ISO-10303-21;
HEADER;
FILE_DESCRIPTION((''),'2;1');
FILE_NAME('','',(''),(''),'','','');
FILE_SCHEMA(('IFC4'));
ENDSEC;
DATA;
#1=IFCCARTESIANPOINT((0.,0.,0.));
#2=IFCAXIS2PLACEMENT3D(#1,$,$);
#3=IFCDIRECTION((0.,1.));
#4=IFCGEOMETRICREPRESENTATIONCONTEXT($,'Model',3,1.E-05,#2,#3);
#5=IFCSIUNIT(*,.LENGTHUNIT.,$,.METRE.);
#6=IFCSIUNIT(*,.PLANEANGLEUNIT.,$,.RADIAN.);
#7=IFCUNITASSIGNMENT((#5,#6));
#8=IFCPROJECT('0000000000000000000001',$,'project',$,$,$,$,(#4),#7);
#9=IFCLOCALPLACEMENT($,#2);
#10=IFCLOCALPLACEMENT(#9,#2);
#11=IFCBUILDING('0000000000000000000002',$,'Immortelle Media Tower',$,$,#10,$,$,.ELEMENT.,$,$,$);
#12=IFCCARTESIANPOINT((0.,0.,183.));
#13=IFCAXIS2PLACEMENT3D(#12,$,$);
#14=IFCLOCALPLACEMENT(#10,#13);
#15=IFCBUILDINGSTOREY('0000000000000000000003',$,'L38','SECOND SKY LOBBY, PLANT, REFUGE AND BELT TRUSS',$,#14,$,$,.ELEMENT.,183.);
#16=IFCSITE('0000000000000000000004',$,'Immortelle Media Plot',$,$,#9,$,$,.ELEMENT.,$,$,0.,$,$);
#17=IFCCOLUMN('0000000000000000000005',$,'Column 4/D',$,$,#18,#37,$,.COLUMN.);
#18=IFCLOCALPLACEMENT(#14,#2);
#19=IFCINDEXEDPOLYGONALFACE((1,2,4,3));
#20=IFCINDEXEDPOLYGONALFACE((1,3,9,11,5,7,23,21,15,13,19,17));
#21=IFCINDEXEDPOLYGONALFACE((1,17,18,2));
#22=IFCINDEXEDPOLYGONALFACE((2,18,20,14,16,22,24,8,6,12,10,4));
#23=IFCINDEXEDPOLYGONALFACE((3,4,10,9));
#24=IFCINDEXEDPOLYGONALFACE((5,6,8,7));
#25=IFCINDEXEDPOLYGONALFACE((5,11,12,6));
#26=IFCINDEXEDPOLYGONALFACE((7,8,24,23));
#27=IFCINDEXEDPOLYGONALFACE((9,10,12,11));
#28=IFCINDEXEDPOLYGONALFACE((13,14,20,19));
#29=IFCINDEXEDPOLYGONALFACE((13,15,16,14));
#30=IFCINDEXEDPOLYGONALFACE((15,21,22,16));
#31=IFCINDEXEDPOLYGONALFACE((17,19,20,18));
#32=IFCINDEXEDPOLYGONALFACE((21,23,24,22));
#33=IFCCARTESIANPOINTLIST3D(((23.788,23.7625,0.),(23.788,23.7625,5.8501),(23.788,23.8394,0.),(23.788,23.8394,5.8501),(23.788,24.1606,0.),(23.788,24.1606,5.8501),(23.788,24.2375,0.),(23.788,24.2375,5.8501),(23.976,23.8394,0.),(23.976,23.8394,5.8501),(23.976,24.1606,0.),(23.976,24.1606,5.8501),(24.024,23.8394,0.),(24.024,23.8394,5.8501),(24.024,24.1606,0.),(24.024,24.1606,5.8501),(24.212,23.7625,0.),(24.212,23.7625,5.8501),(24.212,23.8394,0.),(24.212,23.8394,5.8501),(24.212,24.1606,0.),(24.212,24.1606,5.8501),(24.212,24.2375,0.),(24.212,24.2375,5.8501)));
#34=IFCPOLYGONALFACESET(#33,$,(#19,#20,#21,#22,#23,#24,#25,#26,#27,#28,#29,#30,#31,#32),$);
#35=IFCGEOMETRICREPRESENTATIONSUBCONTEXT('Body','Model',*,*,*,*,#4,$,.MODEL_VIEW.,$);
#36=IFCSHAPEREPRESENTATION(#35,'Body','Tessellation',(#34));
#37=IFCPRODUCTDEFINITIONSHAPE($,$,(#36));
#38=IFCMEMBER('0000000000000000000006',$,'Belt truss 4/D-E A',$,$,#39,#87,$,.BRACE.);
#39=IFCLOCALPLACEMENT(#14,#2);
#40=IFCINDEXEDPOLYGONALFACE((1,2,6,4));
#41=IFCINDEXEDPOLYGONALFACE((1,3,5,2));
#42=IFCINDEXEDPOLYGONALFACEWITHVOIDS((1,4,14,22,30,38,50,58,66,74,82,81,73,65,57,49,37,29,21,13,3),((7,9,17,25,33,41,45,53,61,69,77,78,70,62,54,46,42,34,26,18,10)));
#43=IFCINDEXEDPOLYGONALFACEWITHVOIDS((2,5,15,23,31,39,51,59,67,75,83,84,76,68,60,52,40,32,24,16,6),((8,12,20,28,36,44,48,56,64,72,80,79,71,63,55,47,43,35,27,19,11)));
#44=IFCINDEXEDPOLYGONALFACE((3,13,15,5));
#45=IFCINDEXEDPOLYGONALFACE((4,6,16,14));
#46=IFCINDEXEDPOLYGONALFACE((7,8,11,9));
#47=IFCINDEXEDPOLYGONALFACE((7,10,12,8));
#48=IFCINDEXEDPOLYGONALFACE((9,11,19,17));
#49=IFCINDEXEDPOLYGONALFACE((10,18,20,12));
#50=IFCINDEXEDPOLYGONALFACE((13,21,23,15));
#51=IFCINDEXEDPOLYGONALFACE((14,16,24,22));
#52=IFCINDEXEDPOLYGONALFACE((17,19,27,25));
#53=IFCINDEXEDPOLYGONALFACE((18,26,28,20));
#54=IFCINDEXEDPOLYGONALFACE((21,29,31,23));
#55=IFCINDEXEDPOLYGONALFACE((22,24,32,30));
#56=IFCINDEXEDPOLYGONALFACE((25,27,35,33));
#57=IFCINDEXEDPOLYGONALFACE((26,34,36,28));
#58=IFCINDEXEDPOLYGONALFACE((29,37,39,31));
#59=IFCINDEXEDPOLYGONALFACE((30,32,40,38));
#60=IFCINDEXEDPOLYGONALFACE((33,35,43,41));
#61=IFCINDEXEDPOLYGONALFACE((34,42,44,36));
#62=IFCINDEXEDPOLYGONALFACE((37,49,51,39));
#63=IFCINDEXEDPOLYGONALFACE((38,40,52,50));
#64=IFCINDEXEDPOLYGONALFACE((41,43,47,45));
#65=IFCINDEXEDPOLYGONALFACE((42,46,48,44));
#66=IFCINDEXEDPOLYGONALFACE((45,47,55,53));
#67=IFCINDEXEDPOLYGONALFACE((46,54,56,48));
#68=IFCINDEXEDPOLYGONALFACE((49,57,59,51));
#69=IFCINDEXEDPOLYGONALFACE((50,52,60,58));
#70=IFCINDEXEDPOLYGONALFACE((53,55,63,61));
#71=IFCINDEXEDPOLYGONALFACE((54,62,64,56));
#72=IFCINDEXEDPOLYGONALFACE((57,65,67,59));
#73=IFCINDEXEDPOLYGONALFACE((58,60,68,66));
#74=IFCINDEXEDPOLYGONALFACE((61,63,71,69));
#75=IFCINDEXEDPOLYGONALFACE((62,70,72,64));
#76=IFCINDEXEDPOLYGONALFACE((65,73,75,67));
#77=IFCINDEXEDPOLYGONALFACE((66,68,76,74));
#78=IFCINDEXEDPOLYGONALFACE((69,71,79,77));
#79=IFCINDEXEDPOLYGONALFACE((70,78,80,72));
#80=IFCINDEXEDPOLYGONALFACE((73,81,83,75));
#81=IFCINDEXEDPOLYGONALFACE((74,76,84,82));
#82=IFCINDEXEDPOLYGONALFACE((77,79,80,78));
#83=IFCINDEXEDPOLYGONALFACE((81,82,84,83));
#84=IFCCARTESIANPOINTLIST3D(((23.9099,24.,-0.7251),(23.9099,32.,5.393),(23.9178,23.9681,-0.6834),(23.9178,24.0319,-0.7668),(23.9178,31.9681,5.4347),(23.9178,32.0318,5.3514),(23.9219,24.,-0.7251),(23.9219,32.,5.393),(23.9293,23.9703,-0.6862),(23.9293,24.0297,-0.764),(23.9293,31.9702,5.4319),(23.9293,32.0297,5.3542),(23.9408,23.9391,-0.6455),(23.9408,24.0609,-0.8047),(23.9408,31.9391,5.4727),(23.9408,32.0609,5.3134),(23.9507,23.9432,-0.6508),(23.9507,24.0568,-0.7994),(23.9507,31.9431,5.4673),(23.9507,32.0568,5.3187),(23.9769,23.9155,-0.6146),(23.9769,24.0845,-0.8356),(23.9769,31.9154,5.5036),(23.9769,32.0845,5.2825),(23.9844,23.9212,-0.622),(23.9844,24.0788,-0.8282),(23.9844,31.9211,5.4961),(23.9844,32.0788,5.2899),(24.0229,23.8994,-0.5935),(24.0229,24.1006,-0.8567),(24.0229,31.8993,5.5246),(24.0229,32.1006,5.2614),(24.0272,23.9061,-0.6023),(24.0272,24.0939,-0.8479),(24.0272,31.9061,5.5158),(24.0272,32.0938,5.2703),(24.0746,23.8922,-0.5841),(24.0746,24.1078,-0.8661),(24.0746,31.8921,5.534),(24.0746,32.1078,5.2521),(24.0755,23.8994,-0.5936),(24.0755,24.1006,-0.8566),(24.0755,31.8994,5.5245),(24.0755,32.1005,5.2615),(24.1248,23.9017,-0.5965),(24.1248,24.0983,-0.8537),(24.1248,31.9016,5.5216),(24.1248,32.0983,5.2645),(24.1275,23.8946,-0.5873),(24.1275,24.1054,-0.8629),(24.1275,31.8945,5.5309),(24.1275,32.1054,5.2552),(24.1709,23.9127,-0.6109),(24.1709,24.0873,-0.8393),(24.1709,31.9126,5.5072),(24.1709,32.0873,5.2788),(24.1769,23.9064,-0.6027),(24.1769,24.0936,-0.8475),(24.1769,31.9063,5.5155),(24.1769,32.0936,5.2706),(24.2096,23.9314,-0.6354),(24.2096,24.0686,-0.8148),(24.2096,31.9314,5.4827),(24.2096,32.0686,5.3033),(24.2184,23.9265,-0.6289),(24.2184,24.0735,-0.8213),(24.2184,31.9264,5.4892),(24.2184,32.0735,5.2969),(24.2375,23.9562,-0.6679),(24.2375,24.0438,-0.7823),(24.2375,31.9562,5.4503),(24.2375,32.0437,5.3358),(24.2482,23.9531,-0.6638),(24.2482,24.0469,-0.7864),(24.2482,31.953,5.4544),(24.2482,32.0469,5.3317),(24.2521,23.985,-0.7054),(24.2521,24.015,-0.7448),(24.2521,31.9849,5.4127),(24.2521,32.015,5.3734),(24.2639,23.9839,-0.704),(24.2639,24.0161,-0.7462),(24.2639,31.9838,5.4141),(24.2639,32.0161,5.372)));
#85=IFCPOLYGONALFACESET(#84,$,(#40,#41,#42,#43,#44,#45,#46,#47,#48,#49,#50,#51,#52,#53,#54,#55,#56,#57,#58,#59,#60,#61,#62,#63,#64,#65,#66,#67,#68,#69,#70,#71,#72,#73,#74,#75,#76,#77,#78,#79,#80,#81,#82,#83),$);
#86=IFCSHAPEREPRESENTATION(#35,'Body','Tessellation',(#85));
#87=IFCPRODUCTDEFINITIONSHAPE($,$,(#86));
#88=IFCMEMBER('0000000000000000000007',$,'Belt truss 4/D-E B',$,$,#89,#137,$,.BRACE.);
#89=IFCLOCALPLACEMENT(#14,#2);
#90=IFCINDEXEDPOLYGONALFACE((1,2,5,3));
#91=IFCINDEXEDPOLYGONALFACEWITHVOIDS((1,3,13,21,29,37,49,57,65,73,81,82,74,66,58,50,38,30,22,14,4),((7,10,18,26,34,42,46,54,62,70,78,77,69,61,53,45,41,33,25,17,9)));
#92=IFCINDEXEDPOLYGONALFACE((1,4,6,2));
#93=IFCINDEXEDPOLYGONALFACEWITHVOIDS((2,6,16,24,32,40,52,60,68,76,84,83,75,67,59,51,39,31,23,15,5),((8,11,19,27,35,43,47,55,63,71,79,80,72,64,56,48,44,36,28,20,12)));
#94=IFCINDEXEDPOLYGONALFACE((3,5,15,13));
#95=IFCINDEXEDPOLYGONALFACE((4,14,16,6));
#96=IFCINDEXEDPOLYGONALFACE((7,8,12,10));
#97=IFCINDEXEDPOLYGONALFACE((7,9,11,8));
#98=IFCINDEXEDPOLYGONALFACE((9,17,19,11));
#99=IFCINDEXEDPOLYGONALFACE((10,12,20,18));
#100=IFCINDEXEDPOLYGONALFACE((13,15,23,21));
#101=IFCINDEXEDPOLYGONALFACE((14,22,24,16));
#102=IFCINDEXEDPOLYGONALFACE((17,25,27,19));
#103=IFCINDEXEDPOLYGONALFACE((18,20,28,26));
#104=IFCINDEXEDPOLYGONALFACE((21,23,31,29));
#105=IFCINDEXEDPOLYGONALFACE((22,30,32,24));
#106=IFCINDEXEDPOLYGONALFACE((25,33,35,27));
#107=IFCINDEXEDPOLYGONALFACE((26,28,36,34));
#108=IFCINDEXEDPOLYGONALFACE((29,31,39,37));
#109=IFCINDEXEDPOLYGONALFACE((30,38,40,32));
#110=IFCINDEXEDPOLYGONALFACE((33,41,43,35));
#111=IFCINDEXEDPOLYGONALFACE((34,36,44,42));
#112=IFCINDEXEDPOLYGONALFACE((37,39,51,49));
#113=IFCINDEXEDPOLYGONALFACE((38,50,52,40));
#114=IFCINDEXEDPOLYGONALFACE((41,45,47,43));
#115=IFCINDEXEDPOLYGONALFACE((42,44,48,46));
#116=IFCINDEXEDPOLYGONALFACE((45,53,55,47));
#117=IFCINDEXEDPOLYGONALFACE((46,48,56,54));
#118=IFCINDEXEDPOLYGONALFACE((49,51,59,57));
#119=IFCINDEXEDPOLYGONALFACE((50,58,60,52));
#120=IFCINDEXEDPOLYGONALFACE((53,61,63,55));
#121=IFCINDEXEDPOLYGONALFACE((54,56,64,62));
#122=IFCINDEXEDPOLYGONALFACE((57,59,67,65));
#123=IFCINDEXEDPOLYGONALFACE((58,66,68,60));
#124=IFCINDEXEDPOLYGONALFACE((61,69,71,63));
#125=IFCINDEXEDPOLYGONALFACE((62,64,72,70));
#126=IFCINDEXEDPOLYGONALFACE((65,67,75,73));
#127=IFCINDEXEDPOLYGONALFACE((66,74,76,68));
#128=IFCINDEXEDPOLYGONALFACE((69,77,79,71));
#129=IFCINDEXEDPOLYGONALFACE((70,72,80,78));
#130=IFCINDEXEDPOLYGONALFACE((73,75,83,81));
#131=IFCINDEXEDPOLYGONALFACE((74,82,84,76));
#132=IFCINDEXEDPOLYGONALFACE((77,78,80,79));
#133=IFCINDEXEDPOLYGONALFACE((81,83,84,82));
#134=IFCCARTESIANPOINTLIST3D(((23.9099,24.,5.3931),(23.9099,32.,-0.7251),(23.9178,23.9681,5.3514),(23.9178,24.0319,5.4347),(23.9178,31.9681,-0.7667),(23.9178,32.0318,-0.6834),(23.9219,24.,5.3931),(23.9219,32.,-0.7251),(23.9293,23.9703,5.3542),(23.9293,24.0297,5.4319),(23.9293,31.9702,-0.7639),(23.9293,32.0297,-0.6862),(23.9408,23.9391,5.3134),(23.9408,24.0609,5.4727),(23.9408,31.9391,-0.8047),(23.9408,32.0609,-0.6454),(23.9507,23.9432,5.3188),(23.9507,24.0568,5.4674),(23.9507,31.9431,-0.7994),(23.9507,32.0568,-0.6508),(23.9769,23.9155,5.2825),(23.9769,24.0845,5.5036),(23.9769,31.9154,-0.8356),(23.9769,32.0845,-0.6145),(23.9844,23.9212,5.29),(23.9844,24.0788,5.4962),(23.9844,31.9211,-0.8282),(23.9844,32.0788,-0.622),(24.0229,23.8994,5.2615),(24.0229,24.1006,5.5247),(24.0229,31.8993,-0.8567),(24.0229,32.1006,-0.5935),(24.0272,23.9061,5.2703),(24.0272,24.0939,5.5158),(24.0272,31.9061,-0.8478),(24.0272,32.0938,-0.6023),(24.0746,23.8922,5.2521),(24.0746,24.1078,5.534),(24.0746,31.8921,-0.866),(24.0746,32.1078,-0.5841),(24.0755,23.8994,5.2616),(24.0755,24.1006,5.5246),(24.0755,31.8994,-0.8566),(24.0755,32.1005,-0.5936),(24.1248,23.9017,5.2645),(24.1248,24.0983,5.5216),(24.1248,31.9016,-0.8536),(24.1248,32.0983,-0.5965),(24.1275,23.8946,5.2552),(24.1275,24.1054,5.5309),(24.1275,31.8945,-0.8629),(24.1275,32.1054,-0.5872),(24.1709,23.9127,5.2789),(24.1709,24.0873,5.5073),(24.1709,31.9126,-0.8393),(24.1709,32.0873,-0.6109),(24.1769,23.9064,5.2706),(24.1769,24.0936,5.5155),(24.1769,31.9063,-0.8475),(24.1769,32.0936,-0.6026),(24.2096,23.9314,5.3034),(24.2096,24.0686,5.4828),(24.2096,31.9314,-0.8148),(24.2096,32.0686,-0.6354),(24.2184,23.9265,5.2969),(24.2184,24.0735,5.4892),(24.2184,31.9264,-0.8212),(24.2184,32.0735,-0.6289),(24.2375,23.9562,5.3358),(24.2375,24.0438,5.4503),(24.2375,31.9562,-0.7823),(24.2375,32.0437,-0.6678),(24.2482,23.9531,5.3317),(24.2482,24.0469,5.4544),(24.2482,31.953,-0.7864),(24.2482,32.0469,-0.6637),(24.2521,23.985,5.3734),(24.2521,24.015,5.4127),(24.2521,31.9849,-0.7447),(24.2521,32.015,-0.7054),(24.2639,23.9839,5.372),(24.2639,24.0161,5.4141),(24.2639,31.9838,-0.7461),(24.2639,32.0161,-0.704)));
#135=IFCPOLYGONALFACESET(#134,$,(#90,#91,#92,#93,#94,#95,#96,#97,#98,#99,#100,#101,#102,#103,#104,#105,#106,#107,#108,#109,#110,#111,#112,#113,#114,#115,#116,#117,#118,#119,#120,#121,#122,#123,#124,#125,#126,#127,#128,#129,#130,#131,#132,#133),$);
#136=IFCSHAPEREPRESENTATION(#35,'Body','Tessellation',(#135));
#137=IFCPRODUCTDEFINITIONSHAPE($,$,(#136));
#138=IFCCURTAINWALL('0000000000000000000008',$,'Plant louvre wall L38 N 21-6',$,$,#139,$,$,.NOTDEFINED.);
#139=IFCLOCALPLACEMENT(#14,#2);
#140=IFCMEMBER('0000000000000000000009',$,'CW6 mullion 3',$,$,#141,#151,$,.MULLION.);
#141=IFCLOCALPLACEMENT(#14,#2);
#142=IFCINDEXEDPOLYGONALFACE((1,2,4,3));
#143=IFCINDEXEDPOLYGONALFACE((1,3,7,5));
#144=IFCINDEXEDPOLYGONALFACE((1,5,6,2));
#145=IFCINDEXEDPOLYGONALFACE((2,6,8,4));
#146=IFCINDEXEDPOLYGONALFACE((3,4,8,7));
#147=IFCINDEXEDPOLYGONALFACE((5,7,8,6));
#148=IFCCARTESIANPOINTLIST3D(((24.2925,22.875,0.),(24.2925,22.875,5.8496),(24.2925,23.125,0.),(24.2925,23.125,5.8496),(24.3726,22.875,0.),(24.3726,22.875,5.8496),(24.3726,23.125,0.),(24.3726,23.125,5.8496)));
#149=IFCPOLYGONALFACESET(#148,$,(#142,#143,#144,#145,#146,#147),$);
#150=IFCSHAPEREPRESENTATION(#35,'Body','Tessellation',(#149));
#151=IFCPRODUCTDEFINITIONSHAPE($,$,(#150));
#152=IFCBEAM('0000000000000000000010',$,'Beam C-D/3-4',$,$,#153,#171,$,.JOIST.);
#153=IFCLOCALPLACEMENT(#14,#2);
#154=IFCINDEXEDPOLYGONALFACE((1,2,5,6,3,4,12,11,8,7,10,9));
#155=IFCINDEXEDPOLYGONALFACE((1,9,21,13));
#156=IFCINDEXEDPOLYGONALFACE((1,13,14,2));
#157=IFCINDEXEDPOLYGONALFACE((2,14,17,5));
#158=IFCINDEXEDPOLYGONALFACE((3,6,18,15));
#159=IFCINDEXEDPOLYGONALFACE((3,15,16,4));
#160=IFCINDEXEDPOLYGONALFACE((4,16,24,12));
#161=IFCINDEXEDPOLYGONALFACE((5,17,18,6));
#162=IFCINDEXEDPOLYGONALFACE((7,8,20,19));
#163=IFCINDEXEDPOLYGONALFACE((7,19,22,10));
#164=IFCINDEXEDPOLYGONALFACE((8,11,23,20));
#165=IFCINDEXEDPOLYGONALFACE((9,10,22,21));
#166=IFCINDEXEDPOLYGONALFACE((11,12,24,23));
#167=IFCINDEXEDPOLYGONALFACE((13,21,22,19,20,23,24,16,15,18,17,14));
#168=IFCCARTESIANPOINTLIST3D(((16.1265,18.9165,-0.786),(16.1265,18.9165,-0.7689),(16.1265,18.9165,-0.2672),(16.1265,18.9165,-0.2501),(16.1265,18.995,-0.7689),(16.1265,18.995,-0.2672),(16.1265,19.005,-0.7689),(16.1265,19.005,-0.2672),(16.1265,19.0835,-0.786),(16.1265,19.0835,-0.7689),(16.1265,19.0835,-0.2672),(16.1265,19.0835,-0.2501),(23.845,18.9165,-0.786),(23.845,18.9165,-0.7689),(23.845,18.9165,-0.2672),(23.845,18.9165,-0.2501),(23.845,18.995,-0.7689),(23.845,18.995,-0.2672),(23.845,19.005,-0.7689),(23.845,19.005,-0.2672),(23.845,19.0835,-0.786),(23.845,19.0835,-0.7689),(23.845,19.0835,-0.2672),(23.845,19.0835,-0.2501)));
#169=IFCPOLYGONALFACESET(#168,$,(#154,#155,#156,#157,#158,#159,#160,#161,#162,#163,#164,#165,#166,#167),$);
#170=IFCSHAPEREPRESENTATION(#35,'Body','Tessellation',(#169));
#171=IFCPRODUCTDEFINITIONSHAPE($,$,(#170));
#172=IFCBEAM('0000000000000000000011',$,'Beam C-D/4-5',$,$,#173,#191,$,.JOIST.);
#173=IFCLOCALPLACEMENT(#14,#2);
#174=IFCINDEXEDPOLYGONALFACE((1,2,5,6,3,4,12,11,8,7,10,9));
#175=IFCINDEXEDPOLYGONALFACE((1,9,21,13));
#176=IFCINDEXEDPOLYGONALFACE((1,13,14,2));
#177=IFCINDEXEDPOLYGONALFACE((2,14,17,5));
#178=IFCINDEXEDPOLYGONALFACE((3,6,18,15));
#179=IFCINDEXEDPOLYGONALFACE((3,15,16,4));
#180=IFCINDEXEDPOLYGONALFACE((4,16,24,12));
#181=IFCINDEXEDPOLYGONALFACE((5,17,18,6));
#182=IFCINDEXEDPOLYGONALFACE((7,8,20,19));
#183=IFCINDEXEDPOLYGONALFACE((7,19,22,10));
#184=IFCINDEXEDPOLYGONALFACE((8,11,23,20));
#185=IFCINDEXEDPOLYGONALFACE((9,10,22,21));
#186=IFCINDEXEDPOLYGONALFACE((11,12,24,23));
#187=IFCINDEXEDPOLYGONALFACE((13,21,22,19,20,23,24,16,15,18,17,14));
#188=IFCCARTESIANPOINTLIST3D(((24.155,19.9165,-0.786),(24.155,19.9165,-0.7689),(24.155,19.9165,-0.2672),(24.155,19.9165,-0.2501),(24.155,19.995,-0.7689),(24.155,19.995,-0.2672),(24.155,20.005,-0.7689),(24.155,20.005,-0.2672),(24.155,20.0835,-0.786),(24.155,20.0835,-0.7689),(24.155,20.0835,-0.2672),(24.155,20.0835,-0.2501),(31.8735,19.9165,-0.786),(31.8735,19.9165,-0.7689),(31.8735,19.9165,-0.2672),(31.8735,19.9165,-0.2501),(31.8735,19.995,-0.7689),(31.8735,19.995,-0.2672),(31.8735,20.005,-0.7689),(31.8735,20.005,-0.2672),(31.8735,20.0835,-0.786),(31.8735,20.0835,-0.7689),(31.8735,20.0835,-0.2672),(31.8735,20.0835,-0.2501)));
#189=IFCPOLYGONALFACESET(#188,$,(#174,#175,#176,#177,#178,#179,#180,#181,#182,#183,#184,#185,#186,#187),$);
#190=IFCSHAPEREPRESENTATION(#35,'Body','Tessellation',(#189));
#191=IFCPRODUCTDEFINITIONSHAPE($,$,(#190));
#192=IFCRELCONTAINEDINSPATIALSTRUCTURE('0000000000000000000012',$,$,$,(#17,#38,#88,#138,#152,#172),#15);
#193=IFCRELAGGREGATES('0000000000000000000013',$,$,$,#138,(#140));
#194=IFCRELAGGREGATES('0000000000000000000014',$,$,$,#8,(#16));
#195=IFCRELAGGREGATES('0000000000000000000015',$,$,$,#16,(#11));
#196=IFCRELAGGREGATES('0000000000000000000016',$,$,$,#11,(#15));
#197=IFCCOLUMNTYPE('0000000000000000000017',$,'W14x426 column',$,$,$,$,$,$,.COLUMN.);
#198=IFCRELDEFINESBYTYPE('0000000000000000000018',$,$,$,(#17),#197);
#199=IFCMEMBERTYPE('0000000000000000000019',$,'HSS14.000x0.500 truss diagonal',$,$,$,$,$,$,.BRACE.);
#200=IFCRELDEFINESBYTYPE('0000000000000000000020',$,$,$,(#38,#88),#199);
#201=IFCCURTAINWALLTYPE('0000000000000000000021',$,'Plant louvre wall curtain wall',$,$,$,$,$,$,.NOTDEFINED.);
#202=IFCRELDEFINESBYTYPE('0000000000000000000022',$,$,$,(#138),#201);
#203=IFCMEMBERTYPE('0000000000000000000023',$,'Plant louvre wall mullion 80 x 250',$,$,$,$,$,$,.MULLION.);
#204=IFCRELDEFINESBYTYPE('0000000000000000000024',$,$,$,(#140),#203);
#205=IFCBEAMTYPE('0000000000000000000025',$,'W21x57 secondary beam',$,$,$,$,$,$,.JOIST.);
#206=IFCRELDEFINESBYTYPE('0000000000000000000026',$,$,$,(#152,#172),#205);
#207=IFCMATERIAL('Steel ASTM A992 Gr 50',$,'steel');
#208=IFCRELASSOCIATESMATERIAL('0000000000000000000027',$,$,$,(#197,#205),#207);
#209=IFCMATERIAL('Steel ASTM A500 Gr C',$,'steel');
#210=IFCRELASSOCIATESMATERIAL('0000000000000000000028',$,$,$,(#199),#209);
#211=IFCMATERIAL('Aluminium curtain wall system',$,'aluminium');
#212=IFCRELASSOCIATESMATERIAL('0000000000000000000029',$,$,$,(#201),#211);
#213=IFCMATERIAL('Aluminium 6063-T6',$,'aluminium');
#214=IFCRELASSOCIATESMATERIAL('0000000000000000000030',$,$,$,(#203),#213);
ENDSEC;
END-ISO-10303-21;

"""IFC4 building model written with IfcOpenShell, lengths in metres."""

from ifc_helpers import new_model, si_unit, direction, frame, origin, origin_2d, place, context, subcontext, project, spatial, rectangle, hollow_circle, i_section, extrude, material, material_profile, profile_set, type_object, element, aggregate, save


model = new_model("IFC4")

# Units and contexts
model_context = context("Model", 3, precision=1e-05, world=origin(), true_north=direction((0.0, 1.0)))
body_context = subcontext(model_context, "Body", "Model", "MODEL_VIEW")
ifc_project = project(units=[si_unit("LENGTHUNIT", "METRE"), si_unit("PLANEANGLEUNIT", "RADIAN")], contexts=[model_context])

# Site, building, storey
site_placement = place(None, origin())
site = spatial("IfcSite", under=ifc_project, at=site_placement, Name="Immortelle Media Plot", CompositionType="ELEMENT", RefElevation=0.0)
building_placement = place(site_placement, origin())
building = spatial("IfcBuilding", under=site, at=building_placement, Name="Immortelle Media Tower", CompositionType="ELEMENT")
storey_placement = place(building_placement, frame((0.0, 0.0, 183.0)))
storey = spatial("IfcBuildingStorey", under=building, at=storey_placement, Name="L38", Description="SECOND SKY LOBBY, PLANT, REFUGE AND BELT TRUSS", CompositionType="ELEMENT", Elevation=183.0)

# Column
ifc_material_1 = material(Name="Steel ASTM A992 Gr 50", Category="steel")
ifc_material_profile_1 = material_profile(ifc_material_1, i_section(OverallWidth=0.4241, OverallDepth=0.4751, WebThickness=0.0481, FlangeThickness=0.0769, at=origin_2d()), Name="W14x426")
ifc_profile_set_1 = profile_set([ifc_material_profile_1], Name="Steel ASTM A992 Gr 50")
column_type = type_object("IfcColumnType", Name="W14x426 column", PredefinedType="COLUMN", material=ifc_profile_set_1)
column_placement = place(storey_placement, frame((24.0, 24.0, 0.0), z_axis=(0.0, 0.0, 1.0), x_axis=(1.0, 0.0, 0.0)))
element("IfcColumn", 1, at=column_placement, inside=storey, type_object=column_type, Name="Column 4/D", PredefinedType="COLUMN", context=body_context, shape_type="SweptSolid", body=[
    extrude(i_section(OverallWidth=0.4241, OverallDepth=0.4751, WebThickness=0.0481, FlangeThickness=0.0769, at=origin_2d()), origin(), (0.0, 0.0, 1.0), 5.8501),
])

# Members
ifc_material_2 = material(Name="Steel ASTM A500 Gr C", Category="steel")
ifc_material_profile_2 = material_profile(ifc_material_2, hollow_circle(Radius=0.178, WallThickness=0.012, at=origin_2d()), Name="HSS14.000x0.500 truss diagonal")
ifc_profile_set_2 = profile_set([ifc_material_profile_2], Name="Steel ASTM A500 Gr C")
member_type_1 = type_object("IfcMemberType", Name="HSS14.000x0.500 truss diagonal", PredefinedType="BRACE", material=ifc_profile_set_2)
for number, where, z_axis, x_axis, name in (
    (2, (24.0879, 24.0, -0.7251), (0.0, 0.794333, 0.607482), (-1.0, 0.0, 0.0), "Belt truss 4/D-E A"),
    (3, (24.0879, 24.0, 5.3931), (0.0, 0.794333, -0.607482), (-1.0, 0.0, 0.0), "Belt truss 4/D-E B"),
):
    element("IfcMember", number, at=place(storey_placement, frame(where, z_axis=z_axis, x_axis=x_axis)), inside=storey, type_object=member_type_1, Name=name, PredefinedType="BRACE", context=body_context, shape_type="SweptSolid", body=[
        extrude(hollow_circle(Radius=0.178, WallThickness=0.012, at=origin_2d()), origin(), (0.0, 0.0, 1.0), 10.0713),
    ])

# Curtain wall, member
ifc_material_3 = material(Name="Aluminium curtain wall system", Category="aluminium")
curtain_wall_type = type_object("IfcCurtainWallType", Name="Plant louvre wall curtain wall", PredefinedType="NOTDEFINED", material=ifc_material_3)
curtain_wall_placement = place(storey_placement, origin())
curtain_wall = element("IfcCurtainWall", 4, at=curtain_wall_placement, inside=storey, type_object=curtain_wall_type, Name="Plant louvre wall L38 N 21-6", PredefinedType="NOTDEFINED")
ifc_material_4 = material(Name="Aluminium 6063-T6", Category="aluminium")
ifc_material_profile_3 = material_profile(ifc_material_4, rectangle(XDim=0.25, YDim=0.0801, at=origin_2d()), Name="AL 80x250")
ifc_profile_set_3 = profile_set([ifc_material_profile_3], Name="Aluminium 6063-T6")
member_type_2 = type_object("IfcMemberType", Name="Plant louvre wall mullion 80 x 250", PredefinedType="MULLION", material=ifc_profile_set_3)
member_placement = place(storey_placement, frame((24.3325, 23.0, 0.0), z_axis=(0.0, 0.0, 1.0), x_axis=(0.0, -1.0, 0.0)))
member = element("IfcMember", 5, at=member_placement, type_object=member_type_2, Name="CW6 mullion 3", PredefinedType="MULLION", context=body_context, shape_type="SweptSolid", body=[
    extrude(rectangle(XDim=0.25, YDim=0.0801, at=origin_2d()), origin(), (0.0, 0.0, 1.0), 5.8496),
])
aggregate(curtain_wall, [member])

# Beams
ifc_material_profile_4 = material_profile(ifc_material_1, i_section(OverallWidth=0.167, OverallDepth=0.5359, WebThickness=0.01, FlangeThickness=0.0171, at=origin_2d()), Name="W21x57")
ifc_profile_set_4 = profile_set([ifc_material_profile_4], Name="Steel ASTM A992 Gr 50")
beam_type_1 = type_object("IfcBeamType", Name="W21x57 secondary beam", PredefinedType="JOIST", material=ifc_profile_set_4)
for number, where, z_axis, x_axis, name in (
    (6, (16.1265, 19.0, -0.5181), (1.0, 0.0, 0.0), (0.0, 1.0, 0.0), "Beam C-D/3-4"),
    (7, (24.155, 20.0, -0.5181), (1.0, 0.0, 0.0), (0.0, 1.0, 0.0), "Beam C-D/4-5"),
):
    element("IfcBeam", number, at=place(storey_placement, frame(where, z_axis=z_axis, x_axis=x_axis)), inside=storey, type_object=beam_type_1, Name=name, PredefinedType="JOIST", context=body_context, shape_type="SweptSolid", body=[
        extrude(i_section(OverallWidth=0.167, OverallDepth=0.5359, WebThickness=0.01, FlangeThickness=0.0171, at=origin_2d()), origin(), (0.0, 0.0, 1.0), 7.7185),
    ])

save(model, "model.ifc")
